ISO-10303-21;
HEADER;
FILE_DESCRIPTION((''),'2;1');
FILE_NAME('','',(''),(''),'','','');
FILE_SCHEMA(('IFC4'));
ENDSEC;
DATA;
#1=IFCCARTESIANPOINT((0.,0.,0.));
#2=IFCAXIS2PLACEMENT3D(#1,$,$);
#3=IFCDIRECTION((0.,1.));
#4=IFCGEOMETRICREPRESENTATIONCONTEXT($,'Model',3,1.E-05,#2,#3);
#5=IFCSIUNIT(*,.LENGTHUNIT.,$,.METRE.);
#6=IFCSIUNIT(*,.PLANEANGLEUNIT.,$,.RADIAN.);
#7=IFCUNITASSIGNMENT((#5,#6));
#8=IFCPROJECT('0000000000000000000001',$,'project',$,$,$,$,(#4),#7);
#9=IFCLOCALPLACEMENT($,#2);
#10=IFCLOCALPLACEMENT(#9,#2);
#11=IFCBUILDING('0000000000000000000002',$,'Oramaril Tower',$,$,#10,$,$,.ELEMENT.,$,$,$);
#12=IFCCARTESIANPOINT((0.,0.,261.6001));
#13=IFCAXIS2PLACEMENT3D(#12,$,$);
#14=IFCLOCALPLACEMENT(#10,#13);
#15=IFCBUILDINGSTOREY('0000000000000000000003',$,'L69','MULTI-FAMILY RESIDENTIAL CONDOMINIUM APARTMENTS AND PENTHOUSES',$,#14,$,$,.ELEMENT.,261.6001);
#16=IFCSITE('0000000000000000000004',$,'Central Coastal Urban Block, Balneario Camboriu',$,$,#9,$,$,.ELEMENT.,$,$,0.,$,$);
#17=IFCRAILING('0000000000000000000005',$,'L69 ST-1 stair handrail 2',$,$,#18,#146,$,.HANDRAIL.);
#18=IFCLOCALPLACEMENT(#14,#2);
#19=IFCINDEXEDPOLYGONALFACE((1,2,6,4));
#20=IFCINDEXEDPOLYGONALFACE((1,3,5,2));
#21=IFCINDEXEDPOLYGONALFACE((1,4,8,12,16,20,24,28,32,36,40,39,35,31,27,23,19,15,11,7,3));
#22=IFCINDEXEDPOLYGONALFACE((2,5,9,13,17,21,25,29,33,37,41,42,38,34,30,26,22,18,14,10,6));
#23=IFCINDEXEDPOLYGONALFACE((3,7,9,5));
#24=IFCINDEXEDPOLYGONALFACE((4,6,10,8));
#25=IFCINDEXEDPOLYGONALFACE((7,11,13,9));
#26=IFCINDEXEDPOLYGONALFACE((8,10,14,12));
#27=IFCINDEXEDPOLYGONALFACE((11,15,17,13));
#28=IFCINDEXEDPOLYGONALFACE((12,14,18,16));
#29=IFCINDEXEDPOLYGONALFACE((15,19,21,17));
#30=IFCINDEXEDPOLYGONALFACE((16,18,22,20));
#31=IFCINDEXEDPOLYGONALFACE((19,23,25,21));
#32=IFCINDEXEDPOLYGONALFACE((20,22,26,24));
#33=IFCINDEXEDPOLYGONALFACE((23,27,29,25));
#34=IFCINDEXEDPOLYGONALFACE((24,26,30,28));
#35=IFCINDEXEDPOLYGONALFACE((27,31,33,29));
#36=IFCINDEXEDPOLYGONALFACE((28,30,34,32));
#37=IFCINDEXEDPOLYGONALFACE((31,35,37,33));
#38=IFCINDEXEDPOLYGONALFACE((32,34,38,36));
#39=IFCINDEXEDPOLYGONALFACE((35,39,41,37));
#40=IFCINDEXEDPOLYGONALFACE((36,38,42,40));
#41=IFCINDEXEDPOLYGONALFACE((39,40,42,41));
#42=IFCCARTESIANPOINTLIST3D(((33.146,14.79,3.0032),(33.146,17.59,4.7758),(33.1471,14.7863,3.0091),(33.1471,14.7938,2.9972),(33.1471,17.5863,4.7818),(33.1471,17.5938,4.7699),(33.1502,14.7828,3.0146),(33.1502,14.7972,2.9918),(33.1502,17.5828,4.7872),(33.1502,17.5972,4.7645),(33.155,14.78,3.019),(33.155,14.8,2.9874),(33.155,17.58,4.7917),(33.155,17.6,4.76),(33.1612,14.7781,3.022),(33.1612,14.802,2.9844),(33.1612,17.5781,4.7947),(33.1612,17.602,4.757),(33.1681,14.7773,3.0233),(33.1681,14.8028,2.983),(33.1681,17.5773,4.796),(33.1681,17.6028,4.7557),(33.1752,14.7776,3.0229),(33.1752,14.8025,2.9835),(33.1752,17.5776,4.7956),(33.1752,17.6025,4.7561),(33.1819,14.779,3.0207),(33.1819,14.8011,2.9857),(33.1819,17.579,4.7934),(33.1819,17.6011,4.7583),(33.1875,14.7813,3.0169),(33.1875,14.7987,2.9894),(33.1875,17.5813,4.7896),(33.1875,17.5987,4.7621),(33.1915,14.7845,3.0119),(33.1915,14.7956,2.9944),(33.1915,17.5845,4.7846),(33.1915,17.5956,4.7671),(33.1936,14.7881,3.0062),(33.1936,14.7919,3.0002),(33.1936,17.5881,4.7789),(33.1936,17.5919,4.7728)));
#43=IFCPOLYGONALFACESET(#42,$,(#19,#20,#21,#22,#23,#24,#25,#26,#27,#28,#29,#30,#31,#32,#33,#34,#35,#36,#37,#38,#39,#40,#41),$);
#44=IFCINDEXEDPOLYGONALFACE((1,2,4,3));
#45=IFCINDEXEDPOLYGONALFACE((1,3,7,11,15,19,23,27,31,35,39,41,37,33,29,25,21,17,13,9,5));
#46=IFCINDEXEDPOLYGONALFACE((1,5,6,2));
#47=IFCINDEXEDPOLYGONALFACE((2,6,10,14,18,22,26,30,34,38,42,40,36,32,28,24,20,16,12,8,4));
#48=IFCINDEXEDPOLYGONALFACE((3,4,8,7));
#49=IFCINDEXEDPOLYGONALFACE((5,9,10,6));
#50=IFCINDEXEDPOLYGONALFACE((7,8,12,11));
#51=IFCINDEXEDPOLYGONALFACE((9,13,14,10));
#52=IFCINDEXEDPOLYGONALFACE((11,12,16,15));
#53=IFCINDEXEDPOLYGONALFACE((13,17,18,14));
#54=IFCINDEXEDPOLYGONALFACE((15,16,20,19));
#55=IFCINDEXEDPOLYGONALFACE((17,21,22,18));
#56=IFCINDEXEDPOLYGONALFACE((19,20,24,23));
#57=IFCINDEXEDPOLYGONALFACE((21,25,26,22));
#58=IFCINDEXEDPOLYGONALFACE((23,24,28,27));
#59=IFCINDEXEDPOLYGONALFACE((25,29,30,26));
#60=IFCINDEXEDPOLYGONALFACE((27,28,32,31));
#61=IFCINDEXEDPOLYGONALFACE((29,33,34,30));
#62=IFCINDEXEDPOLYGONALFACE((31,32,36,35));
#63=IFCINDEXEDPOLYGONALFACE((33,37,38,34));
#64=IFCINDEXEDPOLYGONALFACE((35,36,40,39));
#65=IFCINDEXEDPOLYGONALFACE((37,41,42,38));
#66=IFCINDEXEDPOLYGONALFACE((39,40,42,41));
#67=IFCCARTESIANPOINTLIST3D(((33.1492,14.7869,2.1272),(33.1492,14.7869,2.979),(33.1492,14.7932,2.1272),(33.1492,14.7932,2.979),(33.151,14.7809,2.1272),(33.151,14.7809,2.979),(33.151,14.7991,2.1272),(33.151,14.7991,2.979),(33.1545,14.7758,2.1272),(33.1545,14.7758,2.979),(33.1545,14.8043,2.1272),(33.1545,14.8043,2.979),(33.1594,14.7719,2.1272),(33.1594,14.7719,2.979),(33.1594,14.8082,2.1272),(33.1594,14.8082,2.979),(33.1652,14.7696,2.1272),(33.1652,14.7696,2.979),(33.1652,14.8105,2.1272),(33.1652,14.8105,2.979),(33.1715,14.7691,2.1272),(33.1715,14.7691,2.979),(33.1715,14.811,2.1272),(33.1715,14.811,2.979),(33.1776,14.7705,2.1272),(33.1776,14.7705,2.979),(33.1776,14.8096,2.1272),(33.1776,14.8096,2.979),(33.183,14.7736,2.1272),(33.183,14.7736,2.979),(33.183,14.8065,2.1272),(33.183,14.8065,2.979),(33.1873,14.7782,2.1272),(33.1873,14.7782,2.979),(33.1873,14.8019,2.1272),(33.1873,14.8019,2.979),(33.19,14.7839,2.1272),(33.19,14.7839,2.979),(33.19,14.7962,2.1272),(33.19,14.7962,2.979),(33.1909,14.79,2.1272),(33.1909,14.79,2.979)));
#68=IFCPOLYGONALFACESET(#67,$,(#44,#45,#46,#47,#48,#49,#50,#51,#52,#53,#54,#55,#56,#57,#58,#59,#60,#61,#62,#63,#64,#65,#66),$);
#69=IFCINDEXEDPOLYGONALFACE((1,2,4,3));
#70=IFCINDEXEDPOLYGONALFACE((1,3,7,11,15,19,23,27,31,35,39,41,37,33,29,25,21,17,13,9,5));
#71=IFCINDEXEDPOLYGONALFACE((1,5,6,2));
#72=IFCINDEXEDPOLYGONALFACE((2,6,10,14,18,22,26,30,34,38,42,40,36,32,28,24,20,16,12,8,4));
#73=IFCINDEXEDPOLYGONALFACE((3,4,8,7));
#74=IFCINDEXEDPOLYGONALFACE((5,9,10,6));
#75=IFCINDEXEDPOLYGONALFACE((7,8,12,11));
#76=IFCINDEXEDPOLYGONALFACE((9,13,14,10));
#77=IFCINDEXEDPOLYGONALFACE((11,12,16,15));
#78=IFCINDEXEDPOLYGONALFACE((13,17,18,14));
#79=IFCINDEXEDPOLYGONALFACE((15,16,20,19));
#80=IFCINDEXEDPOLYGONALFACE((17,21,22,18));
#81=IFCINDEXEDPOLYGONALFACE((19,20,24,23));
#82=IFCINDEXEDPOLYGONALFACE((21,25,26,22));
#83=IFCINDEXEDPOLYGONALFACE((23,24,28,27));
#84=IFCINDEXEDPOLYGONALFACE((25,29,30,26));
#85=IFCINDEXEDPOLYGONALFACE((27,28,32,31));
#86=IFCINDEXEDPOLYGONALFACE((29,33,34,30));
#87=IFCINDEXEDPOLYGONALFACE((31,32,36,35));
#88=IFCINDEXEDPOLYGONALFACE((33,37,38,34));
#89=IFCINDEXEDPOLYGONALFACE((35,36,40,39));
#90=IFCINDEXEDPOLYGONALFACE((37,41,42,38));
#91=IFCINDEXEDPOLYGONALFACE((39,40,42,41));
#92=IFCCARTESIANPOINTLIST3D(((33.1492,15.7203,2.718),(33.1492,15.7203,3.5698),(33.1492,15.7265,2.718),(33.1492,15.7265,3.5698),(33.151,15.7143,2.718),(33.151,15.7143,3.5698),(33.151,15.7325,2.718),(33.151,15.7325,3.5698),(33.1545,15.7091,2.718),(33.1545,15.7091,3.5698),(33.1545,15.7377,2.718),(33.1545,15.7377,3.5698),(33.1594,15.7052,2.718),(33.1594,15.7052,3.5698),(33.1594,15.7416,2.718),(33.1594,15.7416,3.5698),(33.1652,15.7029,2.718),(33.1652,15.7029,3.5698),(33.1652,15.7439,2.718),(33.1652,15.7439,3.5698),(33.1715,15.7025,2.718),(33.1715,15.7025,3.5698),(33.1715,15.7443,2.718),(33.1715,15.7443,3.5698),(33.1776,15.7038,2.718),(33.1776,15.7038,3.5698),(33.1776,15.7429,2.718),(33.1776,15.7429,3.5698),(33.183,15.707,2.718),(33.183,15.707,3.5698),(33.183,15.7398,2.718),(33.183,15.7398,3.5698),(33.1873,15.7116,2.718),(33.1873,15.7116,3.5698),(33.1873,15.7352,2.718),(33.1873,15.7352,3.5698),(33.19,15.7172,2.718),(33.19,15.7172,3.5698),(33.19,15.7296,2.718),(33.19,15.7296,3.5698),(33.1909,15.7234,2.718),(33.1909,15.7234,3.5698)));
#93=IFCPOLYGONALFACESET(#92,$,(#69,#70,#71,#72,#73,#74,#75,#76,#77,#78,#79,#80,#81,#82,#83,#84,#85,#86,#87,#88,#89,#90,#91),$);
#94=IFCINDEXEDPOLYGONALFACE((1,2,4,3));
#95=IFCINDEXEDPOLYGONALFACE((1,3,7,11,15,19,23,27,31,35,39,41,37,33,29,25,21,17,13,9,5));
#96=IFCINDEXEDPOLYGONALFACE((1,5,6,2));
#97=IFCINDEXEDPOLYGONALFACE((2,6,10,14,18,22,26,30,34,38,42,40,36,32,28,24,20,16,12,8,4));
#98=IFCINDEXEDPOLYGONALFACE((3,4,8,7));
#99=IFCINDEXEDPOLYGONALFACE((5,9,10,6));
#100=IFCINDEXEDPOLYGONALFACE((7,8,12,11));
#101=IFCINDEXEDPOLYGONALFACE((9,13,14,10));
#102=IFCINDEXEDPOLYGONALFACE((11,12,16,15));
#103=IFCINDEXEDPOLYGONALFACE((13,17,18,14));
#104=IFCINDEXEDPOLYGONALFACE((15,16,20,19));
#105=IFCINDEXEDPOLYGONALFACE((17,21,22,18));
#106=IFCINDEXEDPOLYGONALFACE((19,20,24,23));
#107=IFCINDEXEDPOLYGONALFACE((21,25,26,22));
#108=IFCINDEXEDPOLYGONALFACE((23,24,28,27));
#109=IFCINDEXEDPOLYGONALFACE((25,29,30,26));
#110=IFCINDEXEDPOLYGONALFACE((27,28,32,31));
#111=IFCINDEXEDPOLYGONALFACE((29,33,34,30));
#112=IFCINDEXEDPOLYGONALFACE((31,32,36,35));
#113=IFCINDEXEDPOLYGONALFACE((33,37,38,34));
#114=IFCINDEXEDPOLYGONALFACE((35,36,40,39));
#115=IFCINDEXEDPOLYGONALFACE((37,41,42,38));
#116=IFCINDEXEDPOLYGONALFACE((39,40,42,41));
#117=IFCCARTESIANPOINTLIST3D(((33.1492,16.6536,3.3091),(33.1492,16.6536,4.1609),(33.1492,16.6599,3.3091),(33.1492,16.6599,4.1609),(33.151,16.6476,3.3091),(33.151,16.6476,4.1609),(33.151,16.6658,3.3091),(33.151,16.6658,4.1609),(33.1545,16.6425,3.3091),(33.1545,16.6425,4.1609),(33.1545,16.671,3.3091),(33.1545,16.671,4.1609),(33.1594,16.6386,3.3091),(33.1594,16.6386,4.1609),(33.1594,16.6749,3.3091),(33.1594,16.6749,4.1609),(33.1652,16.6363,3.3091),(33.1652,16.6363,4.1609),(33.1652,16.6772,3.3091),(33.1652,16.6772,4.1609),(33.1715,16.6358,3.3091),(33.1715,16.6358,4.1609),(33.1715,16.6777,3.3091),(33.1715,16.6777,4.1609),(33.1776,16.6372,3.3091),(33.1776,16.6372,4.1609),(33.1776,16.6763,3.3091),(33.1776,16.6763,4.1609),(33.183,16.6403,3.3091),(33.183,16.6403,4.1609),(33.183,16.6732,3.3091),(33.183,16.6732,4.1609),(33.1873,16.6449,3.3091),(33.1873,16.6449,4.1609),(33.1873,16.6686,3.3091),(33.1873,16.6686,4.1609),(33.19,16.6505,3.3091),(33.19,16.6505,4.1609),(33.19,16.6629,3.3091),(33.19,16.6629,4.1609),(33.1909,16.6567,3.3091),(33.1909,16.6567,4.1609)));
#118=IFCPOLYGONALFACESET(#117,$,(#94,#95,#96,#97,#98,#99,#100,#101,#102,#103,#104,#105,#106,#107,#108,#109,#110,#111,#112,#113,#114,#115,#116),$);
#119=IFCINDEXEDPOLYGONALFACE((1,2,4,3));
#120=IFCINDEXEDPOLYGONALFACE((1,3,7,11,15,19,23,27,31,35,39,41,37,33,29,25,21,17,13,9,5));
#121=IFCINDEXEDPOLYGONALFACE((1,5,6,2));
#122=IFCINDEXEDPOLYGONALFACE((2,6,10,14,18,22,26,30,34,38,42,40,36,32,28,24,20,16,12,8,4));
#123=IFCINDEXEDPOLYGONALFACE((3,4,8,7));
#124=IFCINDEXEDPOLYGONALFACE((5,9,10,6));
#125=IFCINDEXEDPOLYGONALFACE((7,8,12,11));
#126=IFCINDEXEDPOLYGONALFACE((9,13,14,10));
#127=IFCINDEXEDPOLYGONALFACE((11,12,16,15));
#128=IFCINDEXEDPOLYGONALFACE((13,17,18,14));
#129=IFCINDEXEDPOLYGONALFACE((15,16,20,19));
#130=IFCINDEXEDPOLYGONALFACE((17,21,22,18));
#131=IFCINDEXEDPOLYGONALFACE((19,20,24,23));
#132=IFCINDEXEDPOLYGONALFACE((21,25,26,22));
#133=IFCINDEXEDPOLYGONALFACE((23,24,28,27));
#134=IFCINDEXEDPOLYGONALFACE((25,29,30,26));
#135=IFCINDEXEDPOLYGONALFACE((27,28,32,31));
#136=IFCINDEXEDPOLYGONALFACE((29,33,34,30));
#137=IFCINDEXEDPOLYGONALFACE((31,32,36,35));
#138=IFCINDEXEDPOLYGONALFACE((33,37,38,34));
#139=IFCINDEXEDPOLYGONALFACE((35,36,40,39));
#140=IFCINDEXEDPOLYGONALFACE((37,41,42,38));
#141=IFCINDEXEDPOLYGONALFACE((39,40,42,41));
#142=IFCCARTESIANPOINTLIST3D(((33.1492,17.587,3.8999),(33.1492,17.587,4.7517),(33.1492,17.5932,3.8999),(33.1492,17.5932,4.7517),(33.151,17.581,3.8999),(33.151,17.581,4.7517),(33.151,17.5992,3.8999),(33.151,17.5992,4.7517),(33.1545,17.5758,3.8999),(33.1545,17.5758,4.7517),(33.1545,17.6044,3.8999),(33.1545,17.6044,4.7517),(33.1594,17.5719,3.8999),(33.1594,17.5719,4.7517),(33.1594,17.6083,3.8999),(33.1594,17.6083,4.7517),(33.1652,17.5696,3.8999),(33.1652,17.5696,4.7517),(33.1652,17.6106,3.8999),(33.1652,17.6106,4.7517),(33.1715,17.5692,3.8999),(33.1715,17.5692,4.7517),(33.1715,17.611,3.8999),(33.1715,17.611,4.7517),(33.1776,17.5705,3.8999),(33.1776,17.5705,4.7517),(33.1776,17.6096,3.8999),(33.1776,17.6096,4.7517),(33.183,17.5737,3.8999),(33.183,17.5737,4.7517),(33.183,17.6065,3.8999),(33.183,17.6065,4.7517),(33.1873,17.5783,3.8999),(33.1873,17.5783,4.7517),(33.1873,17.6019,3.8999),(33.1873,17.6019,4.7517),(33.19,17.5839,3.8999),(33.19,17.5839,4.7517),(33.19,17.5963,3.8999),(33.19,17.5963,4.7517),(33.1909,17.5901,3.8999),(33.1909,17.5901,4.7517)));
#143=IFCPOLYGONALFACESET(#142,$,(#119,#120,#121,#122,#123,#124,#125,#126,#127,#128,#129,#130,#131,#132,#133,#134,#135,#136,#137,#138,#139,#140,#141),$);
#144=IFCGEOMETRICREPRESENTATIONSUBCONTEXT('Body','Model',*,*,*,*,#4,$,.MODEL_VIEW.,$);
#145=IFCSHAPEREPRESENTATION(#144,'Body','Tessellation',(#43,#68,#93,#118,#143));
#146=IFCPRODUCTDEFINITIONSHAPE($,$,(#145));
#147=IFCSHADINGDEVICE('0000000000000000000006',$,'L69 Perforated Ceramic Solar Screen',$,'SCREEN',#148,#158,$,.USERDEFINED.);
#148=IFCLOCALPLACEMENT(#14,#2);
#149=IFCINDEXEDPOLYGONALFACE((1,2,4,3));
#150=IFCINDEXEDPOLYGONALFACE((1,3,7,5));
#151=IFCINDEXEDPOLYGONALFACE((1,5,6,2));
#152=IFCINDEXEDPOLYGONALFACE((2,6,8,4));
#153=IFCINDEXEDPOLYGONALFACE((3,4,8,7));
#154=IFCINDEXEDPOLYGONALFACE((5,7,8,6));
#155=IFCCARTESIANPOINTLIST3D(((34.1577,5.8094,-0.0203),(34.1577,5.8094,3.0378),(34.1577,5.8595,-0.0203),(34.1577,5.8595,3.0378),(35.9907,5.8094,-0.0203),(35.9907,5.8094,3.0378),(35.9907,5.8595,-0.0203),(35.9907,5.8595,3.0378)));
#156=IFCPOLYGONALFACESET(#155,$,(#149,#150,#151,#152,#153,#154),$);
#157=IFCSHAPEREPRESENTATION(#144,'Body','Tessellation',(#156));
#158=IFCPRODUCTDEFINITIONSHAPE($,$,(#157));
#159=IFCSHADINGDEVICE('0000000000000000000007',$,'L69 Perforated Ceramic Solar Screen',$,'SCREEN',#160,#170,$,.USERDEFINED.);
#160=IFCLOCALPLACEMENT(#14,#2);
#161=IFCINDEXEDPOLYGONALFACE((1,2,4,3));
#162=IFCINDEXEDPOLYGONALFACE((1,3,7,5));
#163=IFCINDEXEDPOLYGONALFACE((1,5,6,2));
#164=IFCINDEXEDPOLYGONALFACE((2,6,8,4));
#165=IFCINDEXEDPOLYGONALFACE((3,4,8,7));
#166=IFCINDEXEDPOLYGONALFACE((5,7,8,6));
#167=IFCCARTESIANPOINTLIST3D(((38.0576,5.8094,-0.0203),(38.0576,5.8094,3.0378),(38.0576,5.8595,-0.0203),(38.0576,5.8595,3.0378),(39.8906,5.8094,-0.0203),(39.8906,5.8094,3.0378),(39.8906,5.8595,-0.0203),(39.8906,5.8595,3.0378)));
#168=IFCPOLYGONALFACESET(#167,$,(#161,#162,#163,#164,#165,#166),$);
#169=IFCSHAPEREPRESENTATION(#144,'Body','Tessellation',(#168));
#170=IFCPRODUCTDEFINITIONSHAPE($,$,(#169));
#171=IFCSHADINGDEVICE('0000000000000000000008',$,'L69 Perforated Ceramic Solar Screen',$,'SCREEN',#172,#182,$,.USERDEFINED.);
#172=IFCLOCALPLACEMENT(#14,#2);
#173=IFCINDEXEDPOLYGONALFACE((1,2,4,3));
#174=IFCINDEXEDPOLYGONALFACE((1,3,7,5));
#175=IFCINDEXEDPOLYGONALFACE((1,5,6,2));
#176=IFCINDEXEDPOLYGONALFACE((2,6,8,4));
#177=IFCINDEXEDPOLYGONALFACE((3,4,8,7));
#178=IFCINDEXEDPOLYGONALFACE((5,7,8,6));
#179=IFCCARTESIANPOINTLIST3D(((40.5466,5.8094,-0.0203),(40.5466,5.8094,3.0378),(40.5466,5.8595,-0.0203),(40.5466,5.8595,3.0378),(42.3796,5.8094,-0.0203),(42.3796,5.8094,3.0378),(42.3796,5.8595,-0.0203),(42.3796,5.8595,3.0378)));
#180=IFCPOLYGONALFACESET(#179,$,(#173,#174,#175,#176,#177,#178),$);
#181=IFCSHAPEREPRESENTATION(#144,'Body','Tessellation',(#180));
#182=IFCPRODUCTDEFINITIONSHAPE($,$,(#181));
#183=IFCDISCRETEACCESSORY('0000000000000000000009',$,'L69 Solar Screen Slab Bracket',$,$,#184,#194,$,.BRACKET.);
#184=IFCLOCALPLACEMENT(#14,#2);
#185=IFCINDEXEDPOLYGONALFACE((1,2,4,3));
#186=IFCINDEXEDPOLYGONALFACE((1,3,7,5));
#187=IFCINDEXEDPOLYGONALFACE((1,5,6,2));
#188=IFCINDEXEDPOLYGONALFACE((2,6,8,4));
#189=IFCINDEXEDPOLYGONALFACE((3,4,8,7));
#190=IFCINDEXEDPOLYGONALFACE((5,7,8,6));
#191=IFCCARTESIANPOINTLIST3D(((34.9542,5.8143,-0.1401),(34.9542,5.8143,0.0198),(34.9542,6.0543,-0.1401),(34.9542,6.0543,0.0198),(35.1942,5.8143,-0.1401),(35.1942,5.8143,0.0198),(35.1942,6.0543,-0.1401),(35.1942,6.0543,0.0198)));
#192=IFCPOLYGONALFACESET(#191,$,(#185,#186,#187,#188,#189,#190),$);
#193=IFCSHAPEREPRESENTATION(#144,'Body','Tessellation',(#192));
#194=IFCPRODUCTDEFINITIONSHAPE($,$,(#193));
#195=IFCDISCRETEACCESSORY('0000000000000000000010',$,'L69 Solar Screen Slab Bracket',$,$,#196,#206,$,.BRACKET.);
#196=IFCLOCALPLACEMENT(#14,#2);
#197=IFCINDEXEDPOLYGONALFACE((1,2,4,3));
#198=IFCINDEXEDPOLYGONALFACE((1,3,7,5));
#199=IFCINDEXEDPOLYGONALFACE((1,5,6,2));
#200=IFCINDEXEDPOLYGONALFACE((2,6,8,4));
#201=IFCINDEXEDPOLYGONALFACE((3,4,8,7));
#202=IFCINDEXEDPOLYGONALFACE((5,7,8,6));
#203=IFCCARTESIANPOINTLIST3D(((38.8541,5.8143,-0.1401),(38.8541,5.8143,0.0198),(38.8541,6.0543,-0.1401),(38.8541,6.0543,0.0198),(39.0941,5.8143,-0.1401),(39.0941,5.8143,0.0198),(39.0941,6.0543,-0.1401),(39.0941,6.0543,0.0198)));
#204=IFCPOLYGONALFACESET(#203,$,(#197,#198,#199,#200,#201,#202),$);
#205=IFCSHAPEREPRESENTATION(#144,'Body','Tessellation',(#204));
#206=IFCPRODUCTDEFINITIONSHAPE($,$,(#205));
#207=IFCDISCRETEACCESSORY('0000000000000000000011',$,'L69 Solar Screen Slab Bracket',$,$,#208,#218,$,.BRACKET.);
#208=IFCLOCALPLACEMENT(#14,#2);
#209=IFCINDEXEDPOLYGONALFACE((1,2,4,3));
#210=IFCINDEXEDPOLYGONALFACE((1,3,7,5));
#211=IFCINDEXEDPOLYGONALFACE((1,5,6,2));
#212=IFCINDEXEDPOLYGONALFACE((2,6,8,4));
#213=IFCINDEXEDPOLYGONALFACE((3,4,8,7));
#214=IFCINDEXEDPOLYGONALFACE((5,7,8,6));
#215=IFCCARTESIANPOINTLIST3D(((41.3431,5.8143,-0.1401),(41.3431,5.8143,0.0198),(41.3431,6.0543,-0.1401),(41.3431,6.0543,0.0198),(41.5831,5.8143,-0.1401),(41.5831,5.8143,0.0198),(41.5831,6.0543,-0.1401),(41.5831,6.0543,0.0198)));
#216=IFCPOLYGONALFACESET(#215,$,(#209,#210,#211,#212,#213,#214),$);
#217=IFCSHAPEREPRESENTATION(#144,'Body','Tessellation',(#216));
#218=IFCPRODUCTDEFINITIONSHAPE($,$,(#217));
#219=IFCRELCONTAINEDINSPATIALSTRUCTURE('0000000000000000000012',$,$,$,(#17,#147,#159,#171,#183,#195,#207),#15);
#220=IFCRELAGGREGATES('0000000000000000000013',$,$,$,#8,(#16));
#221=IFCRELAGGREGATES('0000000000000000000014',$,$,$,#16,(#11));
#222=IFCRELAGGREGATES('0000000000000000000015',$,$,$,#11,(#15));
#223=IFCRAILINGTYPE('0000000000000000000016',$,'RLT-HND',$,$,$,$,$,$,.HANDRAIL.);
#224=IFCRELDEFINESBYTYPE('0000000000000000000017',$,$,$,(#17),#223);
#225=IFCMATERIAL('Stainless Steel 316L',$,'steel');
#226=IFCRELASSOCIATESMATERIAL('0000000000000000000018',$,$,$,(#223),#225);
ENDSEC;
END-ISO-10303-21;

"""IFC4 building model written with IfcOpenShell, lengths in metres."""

from ifc_helpers import new_model, si_unit, direction, frame, origin, origin_2d, place, context, subcontext, project, spatial, rectangle, circle, extrude, material, type_object, element, save


model = new_model("IFC4")

# Units and contexts
model_context = context("Model", 3, precision=1e-05, world=origin(), true_north=direction((0.0, 1.0)))
body_context = subcontext(model_context, "Body", "Model", "MODEL_VIEW")
ifc_project = project(units=[si_unit("LENGTHUNIT", "METRE"), si_unit("PLANEANGLEUNIT", "RADIAN")], contexts=[model_context])

# Site, building, storey
site_placement = place(None, origin())
site = spatial("IfcSite", under=ifc_project, at=site_placement, Name="Central Coastal Urban Block, Balneario Camboriu", CompositionType="ELEMENT", RefElevation=0.0)
building_placement = place(site_placement, origin())
building = spatial("IfcBuilding", under=site, at=building_placement, Name="Oramaril Tower", CompositionType="ELEMENT")
storey_placement = place(building_placement, frame((0.0, 0.0, 261.6001)))
storey = spatial("IfcBuildingStorey", under=building, at=storey_placement, Name="L69", Description="MULTI-FAMILY RESIDENTIAL CONDOMINIUM APARTMENTS AND PENTHOUSES", CompositionType="ELEMENT", Elevation=261.6001)

# Railing
ifc_material_1 = material(Name="Stainless Steel 316L", Category="steel")
railing_type = type_object("IfcRailingType", Name="RLT-HND", PredefinedType="HANDRAIL", material=ifc_material_1)
railing_placement = place(storey_placement, frame((33.1699, 14.79, 2.1272)))
element("IfcRailing", 1, at=railing_placement, inside=storey, type_object=railing_type, Name="L69 ST-1 stair handrail 2", PredefinedType="HANDRAIL", context=body_context, shape_type="SweptSolid", body=[
    extrude(circle(Radius=0.0239, at=origin_2d()), frame((0.0, 0.0, 0.876), z_axis=(0.0, 0.844909, 0.53491), x_axis=(-1.0, 0.0, 0.0)), (0.0, 0.0, 1.0), 3.314),
    extrude(circle(Radius=0.021, at=origin_2d()), origin(), (0.0, 0.0, 1.0), 0.8518),
    extrude(circle(Radius=0.021, at=origin_2d()), frame((0.0, 0.9333, 0.5908)), (0.0, 0.0, 1.0), 0.8518),
    extrude(circle(Radius=0.021, at=origin_2d()), frame((0.0, 1.8667, 1.1819)), (0.0, 0.0, 1.0), 0.8518),
    extrude(circle(Radius=0.021, at=origin_2d()), frame((0.0, 2.8, 1.7727)), (0.0, 0.0, 1.0), 0.8518),
])

# Shading devices
for number, where, z_axis, x_axis, name in (
    (2, (35.0742, 5.8345, -0.0203), (0.0, 0.0, 1.0), (1.0, 0.0, 0.0), "L69 Perforated Ceramic Solar Screen"),
    (3, (38.9741, 5.8345, -0.0203), (0.0, 0.0, 1.0), (1.0, 0.0, 0.0), "L69 Perforated Ceramic Solar Screen"),
    (4, (41.4631, 5.8345, -0.0203), (0.0, 0.0, 1.0), (1.0, 0.0, 0.0), "L69 Perforated Ceramic Solar Screen"),
):
    element("IfcShadingDevice", number, at=place(storey_placement, frame(where, z_axis=z_axis, x_axis=x_axis)), inside=storey, Name=name, ObjectType="SCREEN", PredefinedType="USERDEFINED", context=body_context, shape_type="SweptSolid", body=[
        extrude(rectangle(XDim=1.833, YDim=0.05, at=origin_2d()), origin(), (0.0, 0.0, 1.0), 3.0581),
    ])

# Discrete accessories
for number, where, z_axis, x_axis, name in (
    (5, (35.0742, 5.9343, -0.1401), (0.0, 0.0, 1.0), (1.0, 0.0, 0.0), "L69 Solar Screen Slab Bracket"),
    (6, (38.9741, 5.9343, -0.1401), (0.0, 0.0, 1.0), (1.0, 0.0, 0.0), "L69 Solar Screen Slab Bracket"),
    (7, (41.4631, 5.9343, -0.1401), (0.0, 0.0, 1.0), (1.0, 0.0, 0.0), "L69 Solar Screen Slab Bracket"),
):
    element("IfcDiscreteAccessory", number, at=place(storey_placement, frame(where, z_axis=z_axis, x_axis=x_axis)), inside=storey, Name=name, PredefinedType="BRACKET", context=body_context, shape_type="SweptSolid", body=[
        extrude(rectangle(XDim=0.24, YDim=0.24, at=origin_2d()), origin(), (0.0, 0.0, 1.0), 0.1599),
    ])

save(model, "model.ifc")
